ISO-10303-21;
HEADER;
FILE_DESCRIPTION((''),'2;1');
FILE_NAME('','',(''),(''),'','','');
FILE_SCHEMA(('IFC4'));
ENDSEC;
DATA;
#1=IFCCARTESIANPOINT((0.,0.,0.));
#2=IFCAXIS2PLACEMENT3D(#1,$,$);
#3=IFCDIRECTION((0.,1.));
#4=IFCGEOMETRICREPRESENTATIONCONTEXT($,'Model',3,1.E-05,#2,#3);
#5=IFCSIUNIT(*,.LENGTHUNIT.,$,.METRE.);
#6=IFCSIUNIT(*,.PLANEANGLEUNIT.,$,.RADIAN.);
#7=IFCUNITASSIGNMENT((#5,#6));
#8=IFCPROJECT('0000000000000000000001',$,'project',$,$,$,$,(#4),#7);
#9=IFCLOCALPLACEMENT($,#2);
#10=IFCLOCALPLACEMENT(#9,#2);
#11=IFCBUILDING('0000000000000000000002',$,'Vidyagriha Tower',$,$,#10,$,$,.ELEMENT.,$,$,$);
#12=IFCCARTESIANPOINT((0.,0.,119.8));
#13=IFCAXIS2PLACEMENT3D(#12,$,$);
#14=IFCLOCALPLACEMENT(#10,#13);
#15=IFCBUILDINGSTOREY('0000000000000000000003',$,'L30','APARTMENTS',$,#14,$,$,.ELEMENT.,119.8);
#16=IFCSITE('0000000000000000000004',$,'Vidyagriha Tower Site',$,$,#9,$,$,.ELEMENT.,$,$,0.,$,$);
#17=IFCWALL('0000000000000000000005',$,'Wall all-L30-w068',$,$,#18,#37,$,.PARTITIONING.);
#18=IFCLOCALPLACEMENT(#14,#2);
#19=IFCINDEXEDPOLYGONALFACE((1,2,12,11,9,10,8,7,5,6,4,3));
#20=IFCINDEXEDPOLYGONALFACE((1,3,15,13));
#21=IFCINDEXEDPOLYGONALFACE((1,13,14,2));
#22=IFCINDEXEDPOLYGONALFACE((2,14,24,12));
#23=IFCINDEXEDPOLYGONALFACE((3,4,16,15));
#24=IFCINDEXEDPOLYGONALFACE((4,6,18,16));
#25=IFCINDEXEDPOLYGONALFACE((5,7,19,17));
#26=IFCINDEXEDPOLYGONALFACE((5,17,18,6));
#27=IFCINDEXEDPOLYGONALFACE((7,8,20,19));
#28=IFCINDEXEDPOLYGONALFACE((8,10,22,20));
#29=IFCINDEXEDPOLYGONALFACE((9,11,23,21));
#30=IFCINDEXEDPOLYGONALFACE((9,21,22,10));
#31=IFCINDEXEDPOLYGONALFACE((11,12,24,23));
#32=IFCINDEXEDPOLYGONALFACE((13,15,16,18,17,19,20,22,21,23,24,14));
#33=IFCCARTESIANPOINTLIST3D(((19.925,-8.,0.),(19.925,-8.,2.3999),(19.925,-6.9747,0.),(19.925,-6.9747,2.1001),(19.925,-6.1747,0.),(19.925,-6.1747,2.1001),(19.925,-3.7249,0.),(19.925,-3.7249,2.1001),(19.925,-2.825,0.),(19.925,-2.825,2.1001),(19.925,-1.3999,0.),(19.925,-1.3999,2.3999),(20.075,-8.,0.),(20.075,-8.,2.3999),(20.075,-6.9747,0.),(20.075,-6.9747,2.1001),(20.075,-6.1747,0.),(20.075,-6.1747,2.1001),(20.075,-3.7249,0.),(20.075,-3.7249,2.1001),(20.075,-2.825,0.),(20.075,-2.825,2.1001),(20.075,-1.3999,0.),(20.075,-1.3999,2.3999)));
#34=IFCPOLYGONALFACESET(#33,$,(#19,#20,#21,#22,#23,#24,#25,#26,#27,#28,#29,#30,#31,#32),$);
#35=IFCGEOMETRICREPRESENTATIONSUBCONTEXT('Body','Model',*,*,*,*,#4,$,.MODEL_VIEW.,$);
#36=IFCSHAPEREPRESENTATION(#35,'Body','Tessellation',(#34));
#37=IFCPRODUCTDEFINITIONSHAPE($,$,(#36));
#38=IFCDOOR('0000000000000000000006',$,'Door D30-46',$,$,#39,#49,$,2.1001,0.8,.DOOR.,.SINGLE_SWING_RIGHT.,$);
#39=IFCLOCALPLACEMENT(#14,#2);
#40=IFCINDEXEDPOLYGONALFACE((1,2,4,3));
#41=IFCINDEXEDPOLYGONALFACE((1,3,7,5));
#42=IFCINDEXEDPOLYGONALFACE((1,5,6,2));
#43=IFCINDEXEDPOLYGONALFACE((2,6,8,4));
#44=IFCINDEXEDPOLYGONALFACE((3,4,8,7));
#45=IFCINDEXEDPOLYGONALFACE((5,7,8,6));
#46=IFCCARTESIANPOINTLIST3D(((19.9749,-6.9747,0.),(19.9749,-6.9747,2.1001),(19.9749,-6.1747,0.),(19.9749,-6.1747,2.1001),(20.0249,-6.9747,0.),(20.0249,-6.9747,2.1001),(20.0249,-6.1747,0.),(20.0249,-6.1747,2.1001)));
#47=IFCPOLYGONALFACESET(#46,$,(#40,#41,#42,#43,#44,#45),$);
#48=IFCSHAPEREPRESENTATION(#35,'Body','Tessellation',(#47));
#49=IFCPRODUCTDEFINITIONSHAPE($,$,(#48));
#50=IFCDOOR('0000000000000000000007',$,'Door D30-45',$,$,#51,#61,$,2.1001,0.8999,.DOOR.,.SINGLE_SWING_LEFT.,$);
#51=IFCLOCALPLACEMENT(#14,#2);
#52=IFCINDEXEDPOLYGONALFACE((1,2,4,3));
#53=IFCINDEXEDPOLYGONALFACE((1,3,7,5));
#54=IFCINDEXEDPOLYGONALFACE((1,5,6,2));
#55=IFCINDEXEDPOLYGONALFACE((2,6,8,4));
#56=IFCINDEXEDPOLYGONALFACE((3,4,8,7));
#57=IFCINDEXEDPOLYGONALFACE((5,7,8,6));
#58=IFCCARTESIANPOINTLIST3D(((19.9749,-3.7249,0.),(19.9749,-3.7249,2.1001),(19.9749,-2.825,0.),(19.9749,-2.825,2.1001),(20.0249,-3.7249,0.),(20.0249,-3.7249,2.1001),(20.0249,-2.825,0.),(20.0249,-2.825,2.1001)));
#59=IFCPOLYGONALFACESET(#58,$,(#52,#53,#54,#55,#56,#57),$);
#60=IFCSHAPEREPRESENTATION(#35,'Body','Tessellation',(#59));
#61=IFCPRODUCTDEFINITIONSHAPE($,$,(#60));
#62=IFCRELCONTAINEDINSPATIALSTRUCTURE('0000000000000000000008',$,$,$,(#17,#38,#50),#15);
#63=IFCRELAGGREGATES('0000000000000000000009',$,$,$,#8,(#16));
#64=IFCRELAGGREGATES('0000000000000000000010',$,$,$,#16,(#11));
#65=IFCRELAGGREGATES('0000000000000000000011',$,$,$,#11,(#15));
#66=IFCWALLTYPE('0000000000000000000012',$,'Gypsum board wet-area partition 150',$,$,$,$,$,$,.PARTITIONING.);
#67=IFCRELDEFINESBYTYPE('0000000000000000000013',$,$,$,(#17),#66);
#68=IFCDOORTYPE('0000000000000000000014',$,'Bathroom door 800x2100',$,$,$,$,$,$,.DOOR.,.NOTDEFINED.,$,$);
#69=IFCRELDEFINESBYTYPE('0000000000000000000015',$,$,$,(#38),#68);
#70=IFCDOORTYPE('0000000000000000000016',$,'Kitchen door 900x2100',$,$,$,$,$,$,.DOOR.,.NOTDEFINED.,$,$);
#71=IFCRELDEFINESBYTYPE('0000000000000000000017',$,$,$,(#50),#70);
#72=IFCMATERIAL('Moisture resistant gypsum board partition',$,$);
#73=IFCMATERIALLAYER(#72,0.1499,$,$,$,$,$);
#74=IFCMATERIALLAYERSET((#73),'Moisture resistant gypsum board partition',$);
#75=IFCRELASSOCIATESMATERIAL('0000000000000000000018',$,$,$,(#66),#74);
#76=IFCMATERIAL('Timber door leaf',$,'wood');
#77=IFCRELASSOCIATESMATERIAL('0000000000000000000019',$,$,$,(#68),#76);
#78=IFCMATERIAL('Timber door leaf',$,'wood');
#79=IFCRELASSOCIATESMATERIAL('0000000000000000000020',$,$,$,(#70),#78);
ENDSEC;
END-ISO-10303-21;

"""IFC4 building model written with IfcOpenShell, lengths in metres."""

from ifc_helpers import new_model, si_unit, direction, frame, frame_2d, origin, place, context, subcontext, project, spatial, rectangle, extrude, material, layer, layer_set, type_object, element, fill, save


model = new_model("IFC4")

# Units and contexts
model_context = context("Model", 3, precision=1e-05, world=origin(), true_north=direction((0.0, 1.0)))
body_context = subcontext(model_context, "Body", "Model", "MODEL_VIEW")
ifc_project = project(units=[si_unit("LENGTHUNIT", "METRE"), si_unit("PLANEANGLEUNIT", "RADIAN")], contexts=[model_context])

# Site, building, storey
site_placement = place(None, origin())
site = spatial("IfcSite", under=ifc_project, at=site_placement, Name="Vidyagriha Tower Site", CompositionType="ELEMENT", RefElevation=0.0)
building_placement = place(site_placement, origin())
building = spatial("IfcBuilding", under=site, at=building_placement, Name="Vidyagriha Tower", CompositionType="ELEMENT")
storey_placement = place(building_placement, frame((0.0, 0.0, 119.8)))
storey = spatial("IfcBuildingStorey", under=building, at=storey_placement, Name="L30", Description="APARTMENTS", CompositionType="ELEMENT", Elevation=119.8)

# Wall, openings, doors
ifc_material_1 = material(Name="Moisture resistant gypsum board partition")
ifc_layer_1 = layer(ifc_material_1, 0.1499)
ifc_layer_set_1 = layer_set([ifc_layer_1], Name="Moisture resistant gypsum board partition")
wall_type_1 = type_object("IfcWallType", Name="Gypsum board wet-area partition 150", PredefinedType="PARTITIONING", material=ifc_layer_set_1)
wall_1_placement = place(storey_placement, frame((20.0, -1.3999, 0.0), z_axis=(0.0, 0.0, 1.0), x_axis=(0.0, -1.0, 0.0)))
wall_1 = element("IfcWall", 1, at=wall_1_placement, inside=storey, type_object=wall_type_1, Name="Wall all-L30-w068", PredefinedType="PARTITIONING", context=body_context, shape_type="SweptSolid", body=[
    extrude(rectangle(XDim=6.6001, YDim=0.1499, at=frame_2d((3.3, 0.0))), origin(), (0.0, 0.0, 1.0), 2.3999),
])
opening_1_placement = place(wall_1_placement, frame((1.425, 0.0, 0.0)))
opening_1 = element("IfcOpeningElement", 2, at=opening_1_placement, cuts=wall_1, PredefinedType="OPENING", context=body_context, shape_type="SweptSolid", body=[
    extrude(rectangle(XDim=0.8999, YDim=2.1001, at=frame_2d((0.45, 1.05))), frame((0.0, 0.085, 0.0), z_axis=(0.0, -1.0, 0.0), x_axis=(1.0, 0.0, 0.0)), (0.0, 0.0, 1.0), 0.1699),
])
opening_2_placement = place(wall_1_placement, frame((4.7749, 0.0, 0.0)))
opening_2 = element("IfcOpeningElement", 3, at=opening_2_placement, cuts=wall_1, PredefinedType="OPENING", context=body_context, shape_type="SweptSolid", body=[
    extrude(rectangle(XDim=0.8, YDim=2.1001, at=frame_2d((0.3999, 1.05))), frame((0.0, 0.085, 0.0), z_axis=(0.0, -1.0, 0.0), x_axis=(1.0, 0.0, 0.0)), (0.0, 0.0, 1.0), 0.1699),
])
ifc_material_2 = material(Name="Timber door leaf", Category="wood")
door_type_1 = type_object("IfcDoorType", Name="Bathroom door 800x2100", OperationType="NOTDEFINED", PredefinedType="DOOR", material=ifc_material_2)
door_1_placement = place(opening_2_placement, origin())
door_1 = element("IfcDoor", 4, at=door_1_placement, inside=storey, type_object=door_type_1, Name="Door D30-46", OperationType="SINGLE_SWING_RIGHT", OverallHeight=2.1001, OverallWidth=0.8, PredefinedType="DOOR", context=body_context, shape_type="SweptSolid", body=[
    extrude(rectangle(XDim=0.8, YDim=2.1001, at=frame_2d((0.3999, 1.05))), frame((0.0, 0.0249, 0.0), z_axis=(0.0, -1.0, 0.0), x_axis=(1.0, 0.0, 0.0)), (0.0, 0.0, 1.0), 0.05),
])
fill(opening_2, door_1)
ifc_material_3 = material(Name="Timber door leaf", Category="wood")
door_type_2 = type_object("IfcDoorType", Name="Kitchen door 900x2100", OperationType="NOTDEFINED", PredefinedType="DOOR", material=ifc_material_3)
door_2_placement = place(opening_1_placement, origin())
door_2 = element("IfcDoor", 5, at=door_2_placement, inside=storey, type_object=door_type_2, Name="Door D30-45", OperationType="SINGLE_SWING_LEFT", OverallHeight=2.1001, OverallWidth=0.8999, PredefinedType="DOOR", context=body_context, shape_type="SweptSolid", body=[
    extrude(rectangle(XDim=0.8999, YDim=2.1001, at=frame_2d((0.45, 1.05))), frame((0.0, 0.0249, 0.0), z_axis=(0.0, -1.0, 0.0), x_axis=(1.0, 0.0, 0.0)), (0.0, 0.0, 1.0), 0.05),
])
fill(opening_1, door_2)

save(model, "model.ifc")
